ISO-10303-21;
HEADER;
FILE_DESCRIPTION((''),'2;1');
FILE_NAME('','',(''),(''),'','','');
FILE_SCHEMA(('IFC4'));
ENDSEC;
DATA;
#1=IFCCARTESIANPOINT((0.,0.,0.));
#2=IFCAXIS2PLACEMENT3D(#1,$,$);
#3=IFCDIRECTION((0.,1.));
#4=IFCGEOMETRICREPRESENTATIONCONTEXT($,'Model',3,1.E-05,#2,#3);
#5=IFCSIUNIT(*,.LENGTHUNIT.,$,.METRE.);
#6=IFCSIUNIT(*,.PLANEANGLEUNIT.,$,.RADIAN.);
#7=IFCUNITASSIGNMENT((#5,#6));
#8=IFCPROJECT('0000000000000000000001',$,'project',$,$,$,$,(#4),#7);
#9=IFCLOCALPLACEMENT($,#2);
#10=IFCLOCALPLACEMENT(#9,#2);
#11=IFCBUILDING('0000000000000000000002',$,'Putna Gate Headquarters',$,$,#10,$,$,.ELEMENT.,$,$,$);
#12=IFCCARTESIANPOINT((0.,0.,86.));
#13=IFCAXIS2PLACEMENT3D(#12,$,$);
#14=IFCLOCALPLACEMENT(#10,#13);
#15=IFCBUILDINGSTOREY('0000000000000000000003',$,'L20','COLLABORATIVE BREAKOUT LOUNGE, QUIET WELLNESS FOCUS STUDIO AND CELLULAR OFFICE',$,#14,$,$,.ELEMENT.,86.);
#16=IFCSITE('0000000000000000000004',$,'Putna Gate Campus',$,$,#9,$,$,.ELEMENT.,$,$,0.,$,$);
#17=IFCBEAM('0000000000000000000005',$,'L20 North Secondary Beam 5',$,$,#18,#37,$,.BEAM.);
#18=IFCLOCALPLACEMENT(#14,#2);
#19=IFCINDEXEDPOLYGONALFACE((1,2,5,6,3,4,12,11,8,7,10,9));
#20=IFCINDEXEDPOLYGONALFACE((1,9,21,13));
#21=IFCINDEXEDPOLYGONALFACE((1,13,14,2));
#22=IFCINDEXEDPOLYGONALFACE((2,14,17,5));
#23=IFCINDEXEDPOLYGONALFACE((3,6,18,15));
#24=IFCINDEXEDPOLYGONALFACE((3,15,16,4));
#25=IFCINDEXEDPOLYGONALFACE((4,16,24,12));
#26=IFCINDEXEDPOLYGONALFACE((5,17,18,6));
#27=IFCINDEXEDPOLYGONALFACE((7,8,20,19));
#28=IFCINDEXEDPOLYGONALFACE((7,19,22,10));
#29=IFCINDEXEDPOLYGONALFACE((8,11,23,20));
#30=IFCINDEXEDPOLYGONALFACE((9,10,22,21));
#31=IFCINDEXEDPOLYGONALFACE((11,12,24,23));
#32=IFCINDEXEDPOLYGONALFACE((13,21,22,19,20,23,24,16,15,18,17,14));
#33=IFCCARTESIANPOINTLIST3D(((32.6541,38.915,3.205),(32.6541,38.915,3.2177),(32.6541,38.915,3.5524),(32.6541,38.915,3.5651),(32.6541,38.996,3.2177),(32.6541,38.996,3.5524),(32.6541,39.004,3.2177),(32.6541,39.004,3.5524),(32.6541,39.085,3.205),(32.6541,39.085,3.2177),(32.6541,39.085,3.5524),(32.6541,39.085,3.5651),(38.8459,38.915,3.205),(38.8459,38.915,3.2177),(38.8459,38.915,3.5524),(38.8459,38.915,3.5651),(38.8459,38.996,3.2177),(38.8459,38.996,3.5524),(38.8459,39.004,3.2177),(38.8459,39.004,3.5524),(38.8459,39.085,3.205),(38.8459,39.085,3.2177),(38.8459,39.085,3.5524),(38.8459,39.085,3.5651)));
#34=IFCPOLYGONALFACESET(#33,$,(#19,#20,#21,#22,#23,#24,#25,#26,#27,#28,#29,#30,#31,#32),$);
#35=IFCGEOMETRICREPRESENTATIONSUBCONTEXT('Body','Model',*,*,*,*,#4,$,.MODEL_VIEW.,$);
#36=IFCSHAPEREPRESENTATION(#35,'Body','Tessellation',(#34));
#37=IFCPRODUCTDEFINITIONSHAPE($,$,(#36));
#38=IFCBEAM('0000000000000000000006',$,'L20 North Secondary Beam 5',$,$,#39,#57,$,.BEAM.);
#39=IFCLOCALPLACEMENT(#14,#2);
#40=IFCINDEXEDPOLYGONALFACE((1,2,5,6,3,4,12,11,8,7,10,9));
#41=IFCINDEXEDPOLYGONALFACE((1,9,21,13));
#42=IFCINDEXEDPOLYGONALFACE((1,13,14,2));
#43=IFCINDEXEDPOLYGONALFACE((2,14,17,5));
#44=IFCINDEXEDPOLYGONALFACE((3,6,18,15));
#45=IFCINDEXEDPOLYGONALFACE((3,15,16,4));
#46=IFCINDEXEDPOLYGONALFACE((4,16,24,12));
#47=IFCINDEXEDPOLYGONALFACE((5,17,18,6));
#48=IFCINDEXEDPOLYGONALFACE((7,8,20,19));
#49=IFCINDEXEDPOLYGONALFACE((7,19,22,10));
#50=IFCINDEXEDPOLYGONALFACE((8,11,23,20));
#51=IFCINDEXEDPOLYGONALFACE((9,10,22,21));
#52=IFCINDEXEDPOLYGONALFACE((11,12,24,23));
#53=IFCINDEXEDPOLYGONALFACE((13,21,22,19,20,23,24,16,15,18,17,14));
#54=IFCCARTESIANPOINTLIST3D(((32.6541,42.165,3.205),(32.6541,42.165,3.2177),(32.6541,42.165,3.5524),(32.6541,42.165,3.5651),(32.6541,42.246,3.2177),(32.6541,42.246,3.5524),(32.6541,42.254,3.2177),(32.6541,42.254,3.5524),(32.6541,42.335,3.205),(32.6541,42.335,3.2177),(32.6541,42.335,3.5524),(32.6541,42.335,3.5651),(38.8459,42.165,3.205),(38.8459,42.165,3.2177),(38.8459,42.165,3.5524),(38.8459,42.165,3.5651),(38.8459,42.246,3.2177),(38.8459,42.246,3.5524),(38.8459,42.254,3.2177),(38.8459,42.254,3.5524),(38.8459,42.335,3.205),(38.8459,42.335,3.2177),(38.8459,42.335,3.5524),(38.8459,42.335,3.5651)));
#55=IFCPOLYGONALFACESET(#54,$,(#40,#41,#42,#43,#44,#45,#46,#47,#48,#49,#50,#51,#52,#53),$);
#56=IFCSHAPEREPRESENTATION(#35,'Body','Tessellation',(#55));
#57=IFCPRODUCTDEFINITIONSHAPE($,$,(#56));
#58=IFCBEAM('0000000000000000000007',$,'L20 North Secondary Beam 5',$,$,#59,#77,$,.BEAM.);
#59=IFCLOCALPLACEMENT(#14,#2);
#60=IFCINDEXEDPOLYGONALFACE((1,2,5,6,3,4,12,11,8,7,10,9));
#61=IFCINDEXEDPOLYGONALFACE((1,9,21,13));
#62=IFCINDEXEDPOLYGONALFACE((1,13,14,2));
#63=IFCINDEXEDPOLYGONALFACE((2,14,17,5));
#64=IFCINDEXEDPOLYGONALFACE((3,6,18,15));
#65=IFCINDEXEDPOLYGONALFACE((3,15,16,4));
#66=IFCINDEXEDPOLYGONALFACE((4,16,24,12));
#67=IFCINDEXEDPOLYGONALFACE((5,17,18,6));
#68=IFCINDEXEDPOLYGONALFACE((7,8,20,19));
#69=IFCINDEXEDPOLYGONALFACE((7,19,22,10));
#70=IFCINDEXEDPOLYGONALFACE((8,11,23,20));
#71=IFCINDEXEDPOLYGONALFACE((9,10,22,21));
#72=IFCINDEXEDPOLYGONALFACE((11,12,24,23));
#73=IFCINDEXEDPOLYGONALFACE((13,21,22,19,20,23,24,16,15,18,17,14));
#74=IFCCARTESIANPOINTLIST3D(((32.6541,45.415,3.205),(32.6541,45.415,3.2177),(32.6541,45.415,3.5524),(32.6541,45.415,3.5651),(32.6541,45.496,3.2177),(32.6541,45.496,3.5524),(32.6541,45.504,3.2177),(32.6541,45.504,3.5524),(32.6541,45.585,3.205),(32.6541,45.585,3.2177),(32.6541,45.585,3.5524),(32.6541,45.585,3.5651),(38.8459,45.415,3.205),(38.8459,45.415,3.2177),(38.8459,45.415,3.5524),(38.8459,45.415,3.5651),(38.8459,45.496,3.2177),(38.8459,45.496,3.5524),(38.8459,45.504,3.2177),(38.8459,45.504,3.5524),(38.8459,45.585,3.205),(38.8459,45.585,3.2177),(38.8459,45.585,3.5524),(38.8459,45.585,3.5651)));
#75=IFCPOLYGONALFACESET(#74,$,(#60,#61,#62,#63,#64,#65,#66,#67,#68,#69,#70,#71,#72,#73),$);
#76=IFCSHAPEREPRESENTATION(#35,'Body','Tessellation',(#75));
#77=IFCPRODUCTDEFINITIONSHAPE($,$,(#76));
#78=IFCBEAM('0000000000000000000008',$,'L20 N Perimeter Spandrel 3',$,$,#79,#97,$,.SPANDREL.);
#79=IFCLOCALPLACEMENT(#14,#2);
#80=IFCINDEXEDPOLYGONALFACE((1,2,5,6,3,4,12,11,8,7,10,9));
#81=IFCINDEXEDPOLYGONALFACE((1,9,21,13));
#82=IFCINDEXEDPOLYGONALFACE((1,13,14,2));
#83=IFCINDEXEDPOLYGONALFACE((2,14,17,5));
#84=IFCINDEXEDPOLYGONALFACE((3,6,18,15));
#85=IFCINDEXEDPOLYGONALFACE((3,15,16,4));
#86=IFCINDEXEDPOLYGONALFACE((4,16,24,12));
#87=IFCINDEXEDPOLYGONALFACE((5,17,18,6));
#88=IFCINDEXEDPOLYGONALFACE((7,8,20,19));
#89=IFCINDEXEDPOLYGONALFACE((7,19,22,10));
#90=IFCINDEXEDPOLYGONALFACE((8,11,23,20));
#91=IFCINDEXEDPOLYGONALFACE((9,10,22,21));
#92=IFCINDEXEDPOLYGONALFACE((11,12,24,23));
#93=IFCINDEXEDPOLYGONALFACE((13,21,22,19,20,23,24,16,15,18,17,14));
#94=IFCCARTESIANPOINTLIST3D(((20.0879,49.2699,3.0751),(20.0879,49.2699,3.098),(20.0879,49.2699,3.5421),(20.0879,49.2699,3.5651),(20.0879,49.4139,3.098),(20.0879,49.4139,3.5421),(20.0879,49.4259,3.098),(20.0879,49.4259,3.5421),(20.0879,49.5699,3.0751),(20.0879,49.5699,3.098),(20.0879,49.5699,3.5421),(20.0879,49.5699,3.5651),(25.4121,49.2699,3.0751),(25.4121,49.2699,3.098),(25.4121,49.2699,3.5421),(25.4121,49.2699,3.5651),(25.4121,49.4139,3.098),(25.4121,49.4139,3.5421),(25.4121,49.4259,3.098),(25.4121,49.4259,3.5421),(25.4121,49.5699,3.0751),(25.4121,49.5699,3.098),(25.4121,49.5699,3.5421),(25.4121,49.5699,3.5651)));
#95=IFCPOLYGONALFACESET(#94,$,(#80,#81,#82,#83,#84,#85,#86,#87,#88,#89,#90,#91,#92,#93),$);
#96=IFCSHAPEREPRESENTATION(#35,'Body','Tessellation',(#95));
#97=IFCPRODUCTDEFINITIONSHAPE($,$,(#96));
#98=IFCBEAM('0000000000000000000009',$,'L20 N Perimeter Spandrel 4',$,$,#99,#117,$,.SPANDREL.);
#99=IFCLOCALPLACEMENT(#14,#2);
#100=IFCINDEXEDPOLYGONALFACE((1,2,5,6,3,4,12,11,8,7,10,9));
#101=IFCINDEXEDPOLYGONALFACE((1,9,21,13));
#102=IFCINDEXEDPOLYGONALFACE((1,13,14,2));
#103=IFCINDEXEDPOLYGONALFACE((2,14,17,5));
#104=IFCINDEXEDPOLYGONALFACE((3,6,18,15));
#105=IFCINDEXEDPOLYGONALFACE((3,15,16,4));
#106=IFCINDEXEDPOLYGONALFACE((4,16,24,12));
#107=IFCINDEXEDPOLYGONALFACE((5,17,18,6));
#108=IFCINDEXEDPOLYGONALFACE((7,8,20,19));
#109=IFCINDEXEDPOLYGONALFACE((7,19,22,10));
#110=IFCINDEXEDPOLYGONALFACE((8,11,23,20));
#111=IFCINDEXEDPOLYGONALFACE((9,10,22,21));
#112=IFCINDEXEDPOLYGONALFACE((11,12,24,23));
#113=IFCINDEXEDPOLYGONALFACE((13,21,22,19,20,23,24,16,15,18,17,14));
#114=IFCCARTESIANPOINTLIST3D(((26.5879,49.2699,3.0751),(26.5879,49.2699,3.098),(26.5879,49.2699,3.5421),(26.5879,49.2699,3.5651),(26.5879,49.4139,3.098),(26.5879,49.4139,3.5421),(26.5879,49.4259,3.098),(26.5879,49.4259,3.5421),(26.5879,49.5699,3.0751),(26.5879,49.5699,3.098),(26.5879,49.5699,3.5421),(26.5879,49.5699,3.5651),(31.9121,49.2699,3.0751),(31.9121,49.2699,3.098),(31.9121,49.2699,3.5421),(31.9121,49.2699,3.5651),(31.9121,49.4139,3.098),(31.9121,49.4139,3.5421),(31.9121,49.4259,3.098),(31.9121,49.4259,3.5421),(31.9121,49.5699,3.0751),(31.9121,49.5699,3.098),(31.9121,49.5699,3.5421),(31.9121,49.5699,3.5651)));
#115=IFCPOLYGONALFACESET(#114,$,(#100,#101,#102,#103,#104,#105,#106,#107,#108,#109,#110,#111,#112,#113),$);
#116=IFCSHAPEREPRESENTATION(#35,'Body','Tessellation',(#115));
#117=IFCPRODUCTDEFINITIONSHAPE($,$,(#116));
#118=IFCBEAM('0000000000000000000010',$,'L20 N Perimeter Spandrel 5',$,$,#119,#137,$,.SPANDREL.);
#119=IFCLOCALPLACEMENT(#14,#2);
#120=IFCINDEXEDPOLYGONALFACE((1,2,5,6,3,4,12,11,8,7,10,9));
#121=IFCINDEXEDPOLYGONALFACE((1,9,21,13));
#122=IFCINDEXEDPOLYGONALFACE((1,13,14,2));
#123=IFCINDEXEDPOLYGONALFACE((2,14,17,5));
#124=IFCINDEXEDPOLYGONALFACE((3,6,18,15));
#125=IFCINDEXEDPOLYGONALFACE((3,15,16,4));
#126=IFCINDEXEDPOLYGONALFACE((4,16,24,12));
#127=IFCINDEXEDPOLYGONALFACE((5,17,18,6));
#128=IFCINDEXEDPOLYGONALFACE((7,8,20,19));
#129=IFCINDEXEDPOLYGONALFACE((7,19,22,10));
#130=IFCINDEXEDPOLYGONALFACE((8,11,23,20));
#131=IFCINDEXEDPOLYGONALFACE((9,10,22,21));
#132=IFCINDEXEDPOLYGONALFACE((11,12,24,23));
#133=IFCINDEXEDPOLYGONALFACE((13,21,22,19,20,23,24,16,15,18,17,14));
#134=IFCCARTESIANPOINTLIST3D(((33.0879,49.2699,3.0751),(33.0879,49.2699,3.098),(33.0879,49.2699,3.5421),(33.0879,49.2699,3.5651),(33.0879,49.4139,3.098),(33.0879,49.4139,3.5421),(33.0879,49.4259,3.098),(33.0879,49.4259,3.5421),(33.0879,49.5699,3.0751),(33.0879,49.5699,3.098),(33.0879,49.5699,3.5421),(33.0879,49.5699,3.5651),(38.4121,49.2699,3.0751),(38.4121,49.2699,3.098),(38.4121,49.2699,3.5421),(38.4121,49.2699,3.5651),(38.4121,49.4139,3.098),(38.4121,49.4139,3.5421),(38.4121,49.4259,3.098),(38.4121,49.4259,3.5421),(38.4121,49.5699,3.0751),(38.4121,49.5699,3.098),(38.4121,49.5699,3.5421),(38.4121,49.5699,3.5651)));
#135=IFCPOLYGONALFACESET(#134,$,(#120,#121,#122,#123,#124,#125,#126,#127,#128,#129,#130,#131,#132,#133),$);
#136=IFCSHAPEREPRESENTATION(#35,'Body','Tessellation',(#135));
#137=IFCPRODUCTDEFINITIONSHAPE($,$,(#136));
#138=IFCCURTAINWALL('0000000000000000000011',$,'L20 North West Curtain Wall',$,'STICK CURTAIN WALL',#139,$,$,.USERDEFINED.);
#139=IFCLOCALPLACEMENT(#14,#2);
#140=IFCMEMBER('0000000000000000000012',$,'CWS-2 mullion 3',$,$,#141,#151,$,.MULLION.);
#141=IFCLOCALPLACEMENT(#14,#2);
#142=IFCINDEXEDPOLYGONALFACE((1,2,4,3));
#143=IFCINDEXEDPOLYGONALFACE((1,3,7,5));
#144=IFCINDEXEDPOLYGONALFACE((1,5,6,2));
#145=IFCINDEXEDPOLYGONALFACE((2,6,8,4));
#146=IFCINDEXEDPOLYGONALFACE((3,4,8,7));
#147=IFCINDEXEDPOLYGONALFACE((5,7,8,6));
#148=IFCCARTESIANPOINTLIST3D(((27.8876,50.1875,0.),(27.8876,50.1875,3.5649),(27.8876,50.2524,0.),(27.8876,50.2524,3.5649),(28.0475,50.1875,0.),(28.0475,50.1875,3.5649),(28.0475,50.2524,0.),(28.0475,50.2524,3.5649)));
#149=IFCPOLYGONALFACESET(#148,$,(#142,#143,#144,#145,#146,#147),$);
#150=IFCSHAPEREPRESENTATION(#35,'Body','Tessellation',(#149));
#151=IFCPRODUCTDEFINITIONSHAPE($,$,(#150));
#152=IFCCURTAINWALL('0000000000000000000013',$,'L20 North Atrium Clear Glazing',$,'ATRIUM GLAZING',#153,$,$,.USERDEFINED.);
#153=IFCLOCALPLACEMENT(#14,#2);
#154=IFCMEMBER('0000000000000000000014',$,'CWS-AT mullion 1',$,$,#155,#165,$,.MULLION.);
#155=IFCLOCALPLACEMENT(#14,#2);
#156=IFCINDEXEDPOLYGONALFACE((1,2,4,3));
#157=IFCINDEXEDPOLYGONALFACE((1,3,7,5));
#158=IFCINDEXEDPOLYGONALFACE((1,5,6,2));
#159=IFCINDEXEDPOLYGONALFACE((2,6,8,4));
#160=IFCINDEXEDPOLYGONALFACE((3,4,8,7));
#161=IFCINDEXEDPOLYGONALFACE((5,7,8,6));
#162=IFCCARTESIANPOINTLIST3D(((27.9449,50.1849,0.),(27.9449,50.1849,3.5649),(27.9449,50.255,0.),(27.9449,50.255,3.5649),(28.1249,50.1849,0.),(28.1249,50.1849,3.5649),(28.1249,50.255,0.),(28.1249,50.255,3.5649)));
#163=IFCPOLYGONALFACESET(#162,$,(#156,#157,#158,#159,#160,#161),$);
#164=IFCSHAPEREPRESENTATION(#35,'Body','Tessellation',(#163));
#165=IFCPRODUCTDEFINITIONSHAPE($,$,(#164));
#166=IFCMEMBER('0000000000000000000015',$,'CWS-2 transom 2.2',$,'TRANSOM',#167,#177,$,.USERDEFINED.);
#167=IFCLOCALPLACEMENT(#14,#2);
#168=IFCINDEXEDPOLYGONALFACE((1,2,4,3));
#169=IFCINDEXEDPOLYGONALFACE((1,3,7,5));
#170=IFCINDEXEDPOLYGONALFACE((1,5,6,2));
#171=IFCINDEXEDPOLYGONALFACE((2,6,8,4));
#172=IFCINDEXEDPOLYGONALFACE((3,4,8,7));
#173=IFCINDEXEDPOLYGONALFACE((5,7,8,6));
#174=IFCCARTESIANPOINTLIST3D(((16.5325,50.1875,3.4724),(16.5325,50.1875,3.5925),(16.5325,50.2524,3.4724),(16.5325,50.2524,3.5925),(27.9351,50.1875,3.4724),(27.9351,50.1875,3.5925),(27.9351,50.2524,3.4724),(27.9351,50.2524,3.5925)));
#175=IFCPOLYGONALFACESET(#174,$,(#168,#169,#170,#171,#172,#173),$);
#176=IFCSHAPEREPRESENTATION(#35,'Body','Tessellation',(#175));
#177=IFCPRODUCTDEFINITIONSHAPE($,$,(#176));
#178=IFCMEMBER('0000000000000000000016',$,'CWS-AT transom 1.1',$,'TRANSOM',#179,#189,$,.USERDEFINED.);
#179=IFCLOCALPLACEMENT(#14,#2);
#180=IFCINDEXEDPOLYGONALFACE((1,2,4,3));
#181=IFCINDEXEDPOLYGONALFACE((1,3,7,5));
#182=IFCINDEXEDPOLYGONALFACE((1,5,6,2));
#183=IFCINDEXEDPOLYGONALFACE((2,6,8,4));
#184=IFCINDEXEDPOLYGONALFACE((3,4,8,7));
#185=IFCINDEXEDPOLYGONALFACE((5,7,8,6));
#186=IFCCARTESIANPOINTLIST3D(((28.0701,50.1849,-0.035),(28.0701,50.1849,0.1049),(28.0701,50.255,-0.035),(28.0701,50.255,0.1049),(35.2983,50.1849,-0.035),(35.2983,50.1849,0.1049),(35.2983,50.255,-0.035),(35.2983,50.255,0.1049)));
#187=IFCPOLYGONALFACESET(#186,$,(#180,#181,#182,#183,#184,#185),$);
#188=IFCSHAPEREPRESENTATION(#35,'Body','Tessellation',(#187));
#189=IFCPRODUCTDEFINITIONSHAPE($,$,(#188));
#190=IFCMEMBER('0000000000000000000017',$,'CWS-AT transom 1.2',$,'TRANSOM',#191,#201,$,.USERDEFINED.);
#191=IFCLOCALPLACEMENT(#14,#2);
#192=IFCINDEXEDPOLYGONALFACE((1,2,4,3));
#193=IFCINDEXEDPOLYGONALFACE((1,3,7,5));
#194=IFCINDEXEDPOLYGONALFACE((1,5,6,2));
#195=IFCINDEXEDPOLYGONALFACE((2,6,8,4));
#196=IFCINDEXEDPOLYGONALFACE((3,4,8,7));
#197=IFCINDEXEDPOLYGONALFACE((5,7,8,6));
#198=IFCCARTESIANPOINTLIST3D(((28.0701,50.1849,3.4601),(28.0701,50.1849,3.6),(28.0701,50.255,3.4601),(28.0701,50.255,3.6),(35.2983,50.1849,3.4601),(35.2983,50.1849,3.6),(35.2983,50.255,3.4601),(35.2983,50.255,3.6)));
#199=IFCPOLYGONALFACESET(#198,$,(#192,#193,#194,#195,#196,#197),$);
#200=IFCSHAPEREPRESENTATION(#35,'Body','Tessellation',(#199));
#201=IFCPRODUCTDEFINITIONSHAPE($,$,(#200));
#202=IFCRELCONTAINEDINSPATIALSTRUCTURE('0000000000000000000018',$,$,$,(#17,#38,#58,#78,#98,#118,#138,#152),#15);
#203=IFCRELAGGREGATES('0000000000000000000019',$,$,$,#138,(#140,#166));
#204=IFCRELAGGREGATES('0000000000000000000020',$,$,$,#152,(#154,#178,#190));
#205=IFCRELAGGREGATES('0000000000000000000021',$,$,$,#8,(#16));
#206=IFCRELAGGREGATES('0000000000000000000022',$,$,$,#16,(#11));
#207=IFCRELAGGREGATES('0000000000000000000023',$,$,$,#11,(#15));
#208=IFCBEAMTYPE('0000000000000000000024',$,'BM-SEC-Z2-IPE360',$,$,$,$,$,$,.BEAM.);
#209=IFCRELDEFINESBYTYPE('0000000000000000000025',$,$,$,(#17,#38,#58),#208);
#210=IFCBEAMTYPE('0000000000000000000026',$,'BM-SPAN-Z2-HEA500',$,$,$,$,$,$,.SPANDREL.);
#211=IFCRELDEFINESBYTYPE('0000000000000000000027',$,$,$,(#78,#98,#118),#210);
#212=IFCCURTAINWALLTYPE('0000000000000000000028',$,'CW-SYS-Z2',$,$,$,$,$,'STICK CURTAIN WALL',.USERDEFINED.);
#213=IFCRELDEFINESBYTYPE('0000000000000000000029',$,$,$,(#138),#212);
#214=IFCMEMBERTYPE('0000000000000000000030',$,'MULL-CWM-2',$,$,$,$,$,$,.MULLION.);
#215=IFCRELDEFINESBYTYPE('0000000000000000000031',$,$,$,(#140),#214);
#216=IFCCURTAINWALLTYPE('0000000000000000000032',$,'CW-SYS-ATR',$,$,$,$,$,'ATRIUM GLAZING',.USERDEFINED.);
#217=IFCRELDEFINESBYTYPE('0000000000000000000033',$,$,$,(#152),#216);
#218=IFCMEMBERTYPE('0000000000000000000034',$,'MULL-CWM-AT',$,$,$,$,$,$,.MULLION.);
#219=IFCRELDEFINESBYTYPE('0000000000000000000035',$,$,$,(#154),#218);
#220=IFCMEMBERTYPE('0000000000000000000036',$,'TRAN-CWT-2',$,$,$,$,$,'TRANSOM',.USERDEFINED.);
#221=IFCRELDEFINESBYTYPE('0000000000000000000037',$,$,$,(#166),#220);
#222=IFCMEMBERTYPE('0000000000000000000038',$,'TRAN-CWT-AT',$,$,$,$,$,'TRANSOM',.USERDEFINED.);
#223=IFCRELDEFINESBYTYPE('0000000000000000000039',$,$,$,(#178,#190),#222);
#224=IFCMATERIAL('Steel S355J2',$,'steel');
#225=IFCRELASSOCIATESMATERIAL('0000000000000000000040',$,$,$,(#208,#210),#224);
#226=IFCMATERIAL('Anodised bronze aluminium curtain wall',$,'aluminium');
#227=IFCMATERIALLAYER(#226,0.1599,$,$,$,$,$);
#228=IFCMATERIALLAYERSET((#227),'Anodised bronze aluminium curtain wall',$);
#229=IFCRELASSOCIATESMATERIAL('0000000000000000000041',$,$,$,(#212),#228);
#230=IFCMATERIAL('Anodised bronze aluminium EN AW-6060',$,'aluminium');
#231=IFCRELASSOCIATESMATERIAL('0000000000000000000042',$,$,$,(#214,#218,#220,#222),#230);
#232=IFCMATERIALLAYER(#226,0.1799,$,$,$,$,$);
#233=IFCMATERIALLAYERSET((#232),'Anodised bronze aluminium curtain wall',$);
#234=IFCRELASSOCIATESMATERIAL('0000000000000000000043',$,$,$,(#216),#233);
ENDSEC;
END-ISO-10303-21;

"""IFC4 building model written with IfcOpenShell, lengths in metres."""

from ifc_helpers import new_model, si_unit, direction, frame, origin, origin_2d, place, context, subcontext, project, spatial, rectangle, i_section, extrude, material, layer, layer_set, material_profile, profile_set, type_object, element, aggregate, save


model = new_model("IFC4")

# Units and contexts
model_context = context("Model", 3, precision=1e-05, world=origin(), true_north=direction((0.0, 1.0)))
body_context = subcontext(model_context, "Body", "Model", "MODEL_VIEW")
ifc_project = project(units=[si_unit("LENGTHUNIT", "METRE"), si_unit("PLANEANGLEUNIT", "RADIAN")], contexts=[model_context])

# Site, building, storey
site_placement = place(None, origin())
site = spatial("IfcSite", under=ifc_project, at=site_placement, Name="Putna Gate Campus", CompositionType="ELEMENT", RefElevation=0.0)
building_placement = place(site_placement, origin())
building = spatial("IfcBuilding", under=site, at=building_placement, Name="Putna Gate Headquarters", CompositionType="ELEMENT")
storey_placement = place(building_placement, frame((0.0, 0.0, 86.0)))
storey = spatial("IfcBuildingStorey", under=building, at=storey_placement, Name="L20", Description="COLLABORATIVE BREAKOUT LOUNGE, QUIET WELLNESS FOCUS STUDIO AND CELLULAR OFFICE", CompositionType="ELEMENT", Elevation=86.0)

# Beams
ifc_material_1 = material(Name="Steel S355J2", Category="steel")
ifc_material_profile_1 = material_profile(ifc_material_1, i_section(OverallWidth=0.1699, OverallDepth=0.3601, WebThickness=0.0081, FlangeThickness=0.0127, at=origin_2d()), Name="Steel S355J2")
ifc_profile_set_1 = profile_set([ifc_material_profile_1], Name="Steel S355J2")
beam_type_1 = type_object("IfcBeamType", Name="BM-SEC-Z2-IPE360", PredefinedType="BEAM", material=ifc_profile_set_1)
for number, where, z_axis, x_axis, name in (
    (1, (32.6541, 39.0, 3.385), (1.0, 0.0, 0.0), (0.0, 1.0, 0.0), "L20 North Secondary Beam 5"),
    (2, (32.6541, 42.25, 3.385), (1.0, 0.0, 0.0), (0.0, 1.0, 0.0), "L20 North Secondary Beam 5"),
    (3, (32.6541, 45.5, 3.385), (1.0, 0.0, 0.0), (0.0, 1.0, 0.0), "L20 North Secondary Beam 5"),
):
    element("IfcBeam", number, at=place(storey_placement, frame(where, z_axis=z_axis, x_axis=x_axis)), inside=storey, type_object=beam_type_1, Name=name, PredefinedType="BEAM", context=body_context, shape_type="SweptSolid", body=[
        extrude(i_section(OverallWidth=0.1699, OverallDepth=0.3601, WebThickness=0.0081, FlangeThickness=0.0127, at=origin_2d()), origin(), (0.0, 0.0, 1.0), 6.1919),
    ])
ifc_material_profile_2 = material_profile(ifc_material_1, i_section(OverallWidth=0.3, OverallDepth=0.49, WebThickness=0.012, FlangeThickness=0.0229, at=origin_2d()), Name="Steel S355J2")
ifc_profile_set_2 = profile_set([ifc_material_profile_2], Name="Steel S355J2")
beam_type_2 = type_object("IfcBeamType", Name="BM-SPAN-Z2-HEA500", PredefinedType="SPANDREL", material=ifc_profile_set_2)
for number, where, z_axis, x_axis, name in (
    (4, (20.0879, 49.4199, 3.3201), (1.0, 0.0, 0.0), (0.0, 1.0, 0.0), "L20 N Perimeter Spandrel 3"),
    (5, (26.5879, 49.4199, 3.3201), (1.0, 0.0, 0.0), (0.0, 1.0, 0.0), "L20 N Perimeter Spandrel 4"),
    (6, (33.0879, 49.4199, 3.3201), (1.0, 0.0, 0.0), (0.0, 1.0, 0.0), "L20 N Perimeter Spandrel 5"),
):
    element("IfcBeam", number, at=place(storey_placement, frame(where, z_axis=z_axis, x_axis=x_axis)), inside=storey, type_object=beam_type_2, Name=name, PredefinedType="SPANDREL", context=body_context, shape_type="SweptSolid", body=[
        extrude(i_section(OverallWidth=0.3, OverallDepth=0.49, WebThickness=0.012, FlangeThickness=0.0229, at=origin_2d()), origin(), (0.0, 0.0, 1.0), 5.3242),
    ])

# Curtain walls, members
ifc_material_2 = material(Name="Anodised bronze aluminium curtain wall", Category="aluminium")
ifc_layer_1 = layer(ifc_material_2, 0.1599)
ifc_layer_set_1 = layer_set([ifc_layer_1], Name="Anodised bronze aluminium curtain wall")
curtain_wall_type_1 = type_object("IfcCurtainWallType", Name="CW-SYS-Z2", ElementType="STICK CURTAIN WALL", PredefinedType="USERDEFINED", material=ifc_layer_set_1)
curtain_wall_1_placement = place(storey_placement, origin())
curtain_wall_1 = element("IfcCurtainWall", 7, at=curtain_wall_1_placement, inside=storey, type_object=curtain_wall_type_1, Name="L20 North West Curtain Wall", ObjectType="STICK CURTAIN WALL", PredefinedType="USERDEFINED")
ifc_material_3 = material(Name="Anodised bronze aluminium EN AW-6060", Category="aluminium")
ifc_material_profile_3 = material_profile(ifc_material_3, rectangle(XDim=0.0649, YDim=0.1599, at=origin_2d()), Name="Anodised bronze aluminium EN AW-6060")
ifc_profile_set_3 = profile_set([ifc_material_profile_3], Name="Anodised bronze aluminium EN AW-6060")
member_type_1 = type_object("IfcMemberType", Name="MULL-CWM-2", PredefinedType="MULLION", material=ifc_profile_set_3)
member_1_placement = place(storey_placement, frame((27.9675, 50.22, 0.0), z_axis=(0.0, 0.0, 1.0), x_axis=(0.0, 1.0, 0.0)))
member_1 = element("IfcMember", 8, at=member_1_placement, type_object=member_type_1, Name="CWS-2 mullion 3", PredefinedType="MULLION", context=body_context, shape_type="SweptSolid", body=[
    extrude(rectangle(XDim=0.0649, YDim=0.1599, at=origin_2d()), origin(), (0.0, 0.0, 1.0), 3.5649),
])
ifc_layer_2 = layer(ifc_material_2, 0.1799)
ifc_layer_set_2 = layer_set([ifc_layer_2], Name="Anodised bronze aluminium curtain wall")
curtain_wall_type_2 = type_object("IfcCurtainWallType", Name="CW-SYS-ATR", ElementType="ATRIUM GLAZING", PredefinedType="USERDEFINED", material=ifc_layer_set_2)
curtain_wall_2_placement = place(storey_placement, origin())
curtain_wall_2 = element("IfcCurtainWall", 9, at=curtain_wall_2_placement, inside=storey, type_object=curtain_wall_type_2, Name="L20 North Atrium Clear Glazing", ObjectType="ATRIUM GLAZING", PredefinedType="USERDEFINED")
ifc_material_profile_4 = material_profile(ifc_material_3, rectangle(XDim=0.0701, YDim=0.1799, at=origin_2d()), Name="Anodised bronze aluminium EN AW-6060")
ifc_profile_set_4 = profile_set([ifc_material_profile_4], Name="Anodised bronze aluminium EN AW-6060")
member_type_2 = type_object("IfcMemberType", Name="MULL-CWM-AT", PredefinedType="MULLION", material=ifc_profile_set_4)
member_2_placement = place(storey_placement, frame((28.0349, 50.22, 0.0), z_axis=(0.0, 0.0, 1.0), x_axis=(0.0, 1.0, 0.0)))
member_2 = element("IfcMember", 10, at=member_2_placement, type_object=member_type_2, Name="CWS-AT mullion 1", PredefinedType="MULLION", context=body_context, shape_type="SweptSolid", body=[
    extrude(rectangle(XDim=0.0701, YDim=0.1799, at=origin_2d()), origin(), (0.0, 0.0, 1.0), 3.5649),
])

# Members
ifc_material_profile_5 = material_profile(ifc_material_3, rectangle(XDim=0.0649, YDim=0.1201, at=origin_2d()), Name="Anodised bronze aluminium EN AW-6060")
ifc_profile_set_5 = profile_set([ifc_material_profile_5], Name="Anodised bronze aluminium EN AW-6060")
member_type_3 = type_object("IfcMemberType", Name="TRAN-CWT-2", ElementType="TRANSOM", PredefinedType="USERDEFINED", material=ifc_profile_set_5)
member_3_placement = place(storey_placement, frame((16.5325, 50.22, 3.5325), z_axis=(1.0, 0.0, 0.0), x_axis=(0.0, 1.0, 0.0)))
member_3 = element("IfcMember", 11, at=member_3_placement, type_object=member_type_3, Name="CWS-2 transom 2.2", ObjectType="TRANSOM", PredefinedType="USERDEFINED", context=body_context, shape_type="SweptSolid", body=[
    extrude(rectangle(XDim=0.0649, YDim=0.1201, at=origin_2d()), origin(), (0.0, 0.0, 1.0), 11.4026),
])
ifc_material_profile_6 = material_profile(ifc_material_3, rectangle(XDim=0.0701, YDim=0.1399, at=origin_2d()), Name="Anodised bronze aluminium EN AW-6060")
ifc_profile_set_6 = profile_set([ifc_material_profile_6], Name="Anodised bronze aluminium EN AW-6060")
member_type_4 = type_object("IfcMemberType", Name="TRAN-CWT-AT", ElementType="TRANSOM", PredefinedType="USERDEFINED", material=ifc_profile_set_6)
member_4_placement = place(storey_placement, frame((28.0701, 50.22, 0.0349), z_axis=(1.0, 0.0, 0.0), x_axis=(0.0, 1.0, 0.0)))
member_4 = element("IfcMember", 12, at=member_4_placement, type_object=member_type_4, Name="CWS-AT transom 1.1", ObjectType="TRANSOM", PredefinedType="USERDEFINED", context=body_context, shape_type="SweptSolid", body=[
    extrude(rectangle(XDim=0.0701, YDim=0.1399, at=origin_2d()), origin(), (0.0, 0.0, 1.0), 7.2283),
])
member_5_placement = place(storey_placement, frame((28.0701, 50.22, 3.53), z_axis=(1.0, 0.0, 0.0), x_axis=(0.0, 1.0, 0.0)))
member_5 = element("IfcMember", 13, at=member_5_placement, type_object=member_type_4, Name="CWS-AT transom 1.2", ObjectType="TRANSOM", PredefinedType="USERDEFINED", context=body_context, shape_type="SweptSolid", body=[
    extrude(rectangle(XDim=0.0701, YDim=0.1399, at=origin_2d()), origin(), (0.0, 0.0, 1.0), 7.2283),
])

aggregate(curtain_wall_1, [member_1, member_3])
aggregate(curtain_wall_2, [member_2, member_4, member_5])

save(model, "model.ifc")
